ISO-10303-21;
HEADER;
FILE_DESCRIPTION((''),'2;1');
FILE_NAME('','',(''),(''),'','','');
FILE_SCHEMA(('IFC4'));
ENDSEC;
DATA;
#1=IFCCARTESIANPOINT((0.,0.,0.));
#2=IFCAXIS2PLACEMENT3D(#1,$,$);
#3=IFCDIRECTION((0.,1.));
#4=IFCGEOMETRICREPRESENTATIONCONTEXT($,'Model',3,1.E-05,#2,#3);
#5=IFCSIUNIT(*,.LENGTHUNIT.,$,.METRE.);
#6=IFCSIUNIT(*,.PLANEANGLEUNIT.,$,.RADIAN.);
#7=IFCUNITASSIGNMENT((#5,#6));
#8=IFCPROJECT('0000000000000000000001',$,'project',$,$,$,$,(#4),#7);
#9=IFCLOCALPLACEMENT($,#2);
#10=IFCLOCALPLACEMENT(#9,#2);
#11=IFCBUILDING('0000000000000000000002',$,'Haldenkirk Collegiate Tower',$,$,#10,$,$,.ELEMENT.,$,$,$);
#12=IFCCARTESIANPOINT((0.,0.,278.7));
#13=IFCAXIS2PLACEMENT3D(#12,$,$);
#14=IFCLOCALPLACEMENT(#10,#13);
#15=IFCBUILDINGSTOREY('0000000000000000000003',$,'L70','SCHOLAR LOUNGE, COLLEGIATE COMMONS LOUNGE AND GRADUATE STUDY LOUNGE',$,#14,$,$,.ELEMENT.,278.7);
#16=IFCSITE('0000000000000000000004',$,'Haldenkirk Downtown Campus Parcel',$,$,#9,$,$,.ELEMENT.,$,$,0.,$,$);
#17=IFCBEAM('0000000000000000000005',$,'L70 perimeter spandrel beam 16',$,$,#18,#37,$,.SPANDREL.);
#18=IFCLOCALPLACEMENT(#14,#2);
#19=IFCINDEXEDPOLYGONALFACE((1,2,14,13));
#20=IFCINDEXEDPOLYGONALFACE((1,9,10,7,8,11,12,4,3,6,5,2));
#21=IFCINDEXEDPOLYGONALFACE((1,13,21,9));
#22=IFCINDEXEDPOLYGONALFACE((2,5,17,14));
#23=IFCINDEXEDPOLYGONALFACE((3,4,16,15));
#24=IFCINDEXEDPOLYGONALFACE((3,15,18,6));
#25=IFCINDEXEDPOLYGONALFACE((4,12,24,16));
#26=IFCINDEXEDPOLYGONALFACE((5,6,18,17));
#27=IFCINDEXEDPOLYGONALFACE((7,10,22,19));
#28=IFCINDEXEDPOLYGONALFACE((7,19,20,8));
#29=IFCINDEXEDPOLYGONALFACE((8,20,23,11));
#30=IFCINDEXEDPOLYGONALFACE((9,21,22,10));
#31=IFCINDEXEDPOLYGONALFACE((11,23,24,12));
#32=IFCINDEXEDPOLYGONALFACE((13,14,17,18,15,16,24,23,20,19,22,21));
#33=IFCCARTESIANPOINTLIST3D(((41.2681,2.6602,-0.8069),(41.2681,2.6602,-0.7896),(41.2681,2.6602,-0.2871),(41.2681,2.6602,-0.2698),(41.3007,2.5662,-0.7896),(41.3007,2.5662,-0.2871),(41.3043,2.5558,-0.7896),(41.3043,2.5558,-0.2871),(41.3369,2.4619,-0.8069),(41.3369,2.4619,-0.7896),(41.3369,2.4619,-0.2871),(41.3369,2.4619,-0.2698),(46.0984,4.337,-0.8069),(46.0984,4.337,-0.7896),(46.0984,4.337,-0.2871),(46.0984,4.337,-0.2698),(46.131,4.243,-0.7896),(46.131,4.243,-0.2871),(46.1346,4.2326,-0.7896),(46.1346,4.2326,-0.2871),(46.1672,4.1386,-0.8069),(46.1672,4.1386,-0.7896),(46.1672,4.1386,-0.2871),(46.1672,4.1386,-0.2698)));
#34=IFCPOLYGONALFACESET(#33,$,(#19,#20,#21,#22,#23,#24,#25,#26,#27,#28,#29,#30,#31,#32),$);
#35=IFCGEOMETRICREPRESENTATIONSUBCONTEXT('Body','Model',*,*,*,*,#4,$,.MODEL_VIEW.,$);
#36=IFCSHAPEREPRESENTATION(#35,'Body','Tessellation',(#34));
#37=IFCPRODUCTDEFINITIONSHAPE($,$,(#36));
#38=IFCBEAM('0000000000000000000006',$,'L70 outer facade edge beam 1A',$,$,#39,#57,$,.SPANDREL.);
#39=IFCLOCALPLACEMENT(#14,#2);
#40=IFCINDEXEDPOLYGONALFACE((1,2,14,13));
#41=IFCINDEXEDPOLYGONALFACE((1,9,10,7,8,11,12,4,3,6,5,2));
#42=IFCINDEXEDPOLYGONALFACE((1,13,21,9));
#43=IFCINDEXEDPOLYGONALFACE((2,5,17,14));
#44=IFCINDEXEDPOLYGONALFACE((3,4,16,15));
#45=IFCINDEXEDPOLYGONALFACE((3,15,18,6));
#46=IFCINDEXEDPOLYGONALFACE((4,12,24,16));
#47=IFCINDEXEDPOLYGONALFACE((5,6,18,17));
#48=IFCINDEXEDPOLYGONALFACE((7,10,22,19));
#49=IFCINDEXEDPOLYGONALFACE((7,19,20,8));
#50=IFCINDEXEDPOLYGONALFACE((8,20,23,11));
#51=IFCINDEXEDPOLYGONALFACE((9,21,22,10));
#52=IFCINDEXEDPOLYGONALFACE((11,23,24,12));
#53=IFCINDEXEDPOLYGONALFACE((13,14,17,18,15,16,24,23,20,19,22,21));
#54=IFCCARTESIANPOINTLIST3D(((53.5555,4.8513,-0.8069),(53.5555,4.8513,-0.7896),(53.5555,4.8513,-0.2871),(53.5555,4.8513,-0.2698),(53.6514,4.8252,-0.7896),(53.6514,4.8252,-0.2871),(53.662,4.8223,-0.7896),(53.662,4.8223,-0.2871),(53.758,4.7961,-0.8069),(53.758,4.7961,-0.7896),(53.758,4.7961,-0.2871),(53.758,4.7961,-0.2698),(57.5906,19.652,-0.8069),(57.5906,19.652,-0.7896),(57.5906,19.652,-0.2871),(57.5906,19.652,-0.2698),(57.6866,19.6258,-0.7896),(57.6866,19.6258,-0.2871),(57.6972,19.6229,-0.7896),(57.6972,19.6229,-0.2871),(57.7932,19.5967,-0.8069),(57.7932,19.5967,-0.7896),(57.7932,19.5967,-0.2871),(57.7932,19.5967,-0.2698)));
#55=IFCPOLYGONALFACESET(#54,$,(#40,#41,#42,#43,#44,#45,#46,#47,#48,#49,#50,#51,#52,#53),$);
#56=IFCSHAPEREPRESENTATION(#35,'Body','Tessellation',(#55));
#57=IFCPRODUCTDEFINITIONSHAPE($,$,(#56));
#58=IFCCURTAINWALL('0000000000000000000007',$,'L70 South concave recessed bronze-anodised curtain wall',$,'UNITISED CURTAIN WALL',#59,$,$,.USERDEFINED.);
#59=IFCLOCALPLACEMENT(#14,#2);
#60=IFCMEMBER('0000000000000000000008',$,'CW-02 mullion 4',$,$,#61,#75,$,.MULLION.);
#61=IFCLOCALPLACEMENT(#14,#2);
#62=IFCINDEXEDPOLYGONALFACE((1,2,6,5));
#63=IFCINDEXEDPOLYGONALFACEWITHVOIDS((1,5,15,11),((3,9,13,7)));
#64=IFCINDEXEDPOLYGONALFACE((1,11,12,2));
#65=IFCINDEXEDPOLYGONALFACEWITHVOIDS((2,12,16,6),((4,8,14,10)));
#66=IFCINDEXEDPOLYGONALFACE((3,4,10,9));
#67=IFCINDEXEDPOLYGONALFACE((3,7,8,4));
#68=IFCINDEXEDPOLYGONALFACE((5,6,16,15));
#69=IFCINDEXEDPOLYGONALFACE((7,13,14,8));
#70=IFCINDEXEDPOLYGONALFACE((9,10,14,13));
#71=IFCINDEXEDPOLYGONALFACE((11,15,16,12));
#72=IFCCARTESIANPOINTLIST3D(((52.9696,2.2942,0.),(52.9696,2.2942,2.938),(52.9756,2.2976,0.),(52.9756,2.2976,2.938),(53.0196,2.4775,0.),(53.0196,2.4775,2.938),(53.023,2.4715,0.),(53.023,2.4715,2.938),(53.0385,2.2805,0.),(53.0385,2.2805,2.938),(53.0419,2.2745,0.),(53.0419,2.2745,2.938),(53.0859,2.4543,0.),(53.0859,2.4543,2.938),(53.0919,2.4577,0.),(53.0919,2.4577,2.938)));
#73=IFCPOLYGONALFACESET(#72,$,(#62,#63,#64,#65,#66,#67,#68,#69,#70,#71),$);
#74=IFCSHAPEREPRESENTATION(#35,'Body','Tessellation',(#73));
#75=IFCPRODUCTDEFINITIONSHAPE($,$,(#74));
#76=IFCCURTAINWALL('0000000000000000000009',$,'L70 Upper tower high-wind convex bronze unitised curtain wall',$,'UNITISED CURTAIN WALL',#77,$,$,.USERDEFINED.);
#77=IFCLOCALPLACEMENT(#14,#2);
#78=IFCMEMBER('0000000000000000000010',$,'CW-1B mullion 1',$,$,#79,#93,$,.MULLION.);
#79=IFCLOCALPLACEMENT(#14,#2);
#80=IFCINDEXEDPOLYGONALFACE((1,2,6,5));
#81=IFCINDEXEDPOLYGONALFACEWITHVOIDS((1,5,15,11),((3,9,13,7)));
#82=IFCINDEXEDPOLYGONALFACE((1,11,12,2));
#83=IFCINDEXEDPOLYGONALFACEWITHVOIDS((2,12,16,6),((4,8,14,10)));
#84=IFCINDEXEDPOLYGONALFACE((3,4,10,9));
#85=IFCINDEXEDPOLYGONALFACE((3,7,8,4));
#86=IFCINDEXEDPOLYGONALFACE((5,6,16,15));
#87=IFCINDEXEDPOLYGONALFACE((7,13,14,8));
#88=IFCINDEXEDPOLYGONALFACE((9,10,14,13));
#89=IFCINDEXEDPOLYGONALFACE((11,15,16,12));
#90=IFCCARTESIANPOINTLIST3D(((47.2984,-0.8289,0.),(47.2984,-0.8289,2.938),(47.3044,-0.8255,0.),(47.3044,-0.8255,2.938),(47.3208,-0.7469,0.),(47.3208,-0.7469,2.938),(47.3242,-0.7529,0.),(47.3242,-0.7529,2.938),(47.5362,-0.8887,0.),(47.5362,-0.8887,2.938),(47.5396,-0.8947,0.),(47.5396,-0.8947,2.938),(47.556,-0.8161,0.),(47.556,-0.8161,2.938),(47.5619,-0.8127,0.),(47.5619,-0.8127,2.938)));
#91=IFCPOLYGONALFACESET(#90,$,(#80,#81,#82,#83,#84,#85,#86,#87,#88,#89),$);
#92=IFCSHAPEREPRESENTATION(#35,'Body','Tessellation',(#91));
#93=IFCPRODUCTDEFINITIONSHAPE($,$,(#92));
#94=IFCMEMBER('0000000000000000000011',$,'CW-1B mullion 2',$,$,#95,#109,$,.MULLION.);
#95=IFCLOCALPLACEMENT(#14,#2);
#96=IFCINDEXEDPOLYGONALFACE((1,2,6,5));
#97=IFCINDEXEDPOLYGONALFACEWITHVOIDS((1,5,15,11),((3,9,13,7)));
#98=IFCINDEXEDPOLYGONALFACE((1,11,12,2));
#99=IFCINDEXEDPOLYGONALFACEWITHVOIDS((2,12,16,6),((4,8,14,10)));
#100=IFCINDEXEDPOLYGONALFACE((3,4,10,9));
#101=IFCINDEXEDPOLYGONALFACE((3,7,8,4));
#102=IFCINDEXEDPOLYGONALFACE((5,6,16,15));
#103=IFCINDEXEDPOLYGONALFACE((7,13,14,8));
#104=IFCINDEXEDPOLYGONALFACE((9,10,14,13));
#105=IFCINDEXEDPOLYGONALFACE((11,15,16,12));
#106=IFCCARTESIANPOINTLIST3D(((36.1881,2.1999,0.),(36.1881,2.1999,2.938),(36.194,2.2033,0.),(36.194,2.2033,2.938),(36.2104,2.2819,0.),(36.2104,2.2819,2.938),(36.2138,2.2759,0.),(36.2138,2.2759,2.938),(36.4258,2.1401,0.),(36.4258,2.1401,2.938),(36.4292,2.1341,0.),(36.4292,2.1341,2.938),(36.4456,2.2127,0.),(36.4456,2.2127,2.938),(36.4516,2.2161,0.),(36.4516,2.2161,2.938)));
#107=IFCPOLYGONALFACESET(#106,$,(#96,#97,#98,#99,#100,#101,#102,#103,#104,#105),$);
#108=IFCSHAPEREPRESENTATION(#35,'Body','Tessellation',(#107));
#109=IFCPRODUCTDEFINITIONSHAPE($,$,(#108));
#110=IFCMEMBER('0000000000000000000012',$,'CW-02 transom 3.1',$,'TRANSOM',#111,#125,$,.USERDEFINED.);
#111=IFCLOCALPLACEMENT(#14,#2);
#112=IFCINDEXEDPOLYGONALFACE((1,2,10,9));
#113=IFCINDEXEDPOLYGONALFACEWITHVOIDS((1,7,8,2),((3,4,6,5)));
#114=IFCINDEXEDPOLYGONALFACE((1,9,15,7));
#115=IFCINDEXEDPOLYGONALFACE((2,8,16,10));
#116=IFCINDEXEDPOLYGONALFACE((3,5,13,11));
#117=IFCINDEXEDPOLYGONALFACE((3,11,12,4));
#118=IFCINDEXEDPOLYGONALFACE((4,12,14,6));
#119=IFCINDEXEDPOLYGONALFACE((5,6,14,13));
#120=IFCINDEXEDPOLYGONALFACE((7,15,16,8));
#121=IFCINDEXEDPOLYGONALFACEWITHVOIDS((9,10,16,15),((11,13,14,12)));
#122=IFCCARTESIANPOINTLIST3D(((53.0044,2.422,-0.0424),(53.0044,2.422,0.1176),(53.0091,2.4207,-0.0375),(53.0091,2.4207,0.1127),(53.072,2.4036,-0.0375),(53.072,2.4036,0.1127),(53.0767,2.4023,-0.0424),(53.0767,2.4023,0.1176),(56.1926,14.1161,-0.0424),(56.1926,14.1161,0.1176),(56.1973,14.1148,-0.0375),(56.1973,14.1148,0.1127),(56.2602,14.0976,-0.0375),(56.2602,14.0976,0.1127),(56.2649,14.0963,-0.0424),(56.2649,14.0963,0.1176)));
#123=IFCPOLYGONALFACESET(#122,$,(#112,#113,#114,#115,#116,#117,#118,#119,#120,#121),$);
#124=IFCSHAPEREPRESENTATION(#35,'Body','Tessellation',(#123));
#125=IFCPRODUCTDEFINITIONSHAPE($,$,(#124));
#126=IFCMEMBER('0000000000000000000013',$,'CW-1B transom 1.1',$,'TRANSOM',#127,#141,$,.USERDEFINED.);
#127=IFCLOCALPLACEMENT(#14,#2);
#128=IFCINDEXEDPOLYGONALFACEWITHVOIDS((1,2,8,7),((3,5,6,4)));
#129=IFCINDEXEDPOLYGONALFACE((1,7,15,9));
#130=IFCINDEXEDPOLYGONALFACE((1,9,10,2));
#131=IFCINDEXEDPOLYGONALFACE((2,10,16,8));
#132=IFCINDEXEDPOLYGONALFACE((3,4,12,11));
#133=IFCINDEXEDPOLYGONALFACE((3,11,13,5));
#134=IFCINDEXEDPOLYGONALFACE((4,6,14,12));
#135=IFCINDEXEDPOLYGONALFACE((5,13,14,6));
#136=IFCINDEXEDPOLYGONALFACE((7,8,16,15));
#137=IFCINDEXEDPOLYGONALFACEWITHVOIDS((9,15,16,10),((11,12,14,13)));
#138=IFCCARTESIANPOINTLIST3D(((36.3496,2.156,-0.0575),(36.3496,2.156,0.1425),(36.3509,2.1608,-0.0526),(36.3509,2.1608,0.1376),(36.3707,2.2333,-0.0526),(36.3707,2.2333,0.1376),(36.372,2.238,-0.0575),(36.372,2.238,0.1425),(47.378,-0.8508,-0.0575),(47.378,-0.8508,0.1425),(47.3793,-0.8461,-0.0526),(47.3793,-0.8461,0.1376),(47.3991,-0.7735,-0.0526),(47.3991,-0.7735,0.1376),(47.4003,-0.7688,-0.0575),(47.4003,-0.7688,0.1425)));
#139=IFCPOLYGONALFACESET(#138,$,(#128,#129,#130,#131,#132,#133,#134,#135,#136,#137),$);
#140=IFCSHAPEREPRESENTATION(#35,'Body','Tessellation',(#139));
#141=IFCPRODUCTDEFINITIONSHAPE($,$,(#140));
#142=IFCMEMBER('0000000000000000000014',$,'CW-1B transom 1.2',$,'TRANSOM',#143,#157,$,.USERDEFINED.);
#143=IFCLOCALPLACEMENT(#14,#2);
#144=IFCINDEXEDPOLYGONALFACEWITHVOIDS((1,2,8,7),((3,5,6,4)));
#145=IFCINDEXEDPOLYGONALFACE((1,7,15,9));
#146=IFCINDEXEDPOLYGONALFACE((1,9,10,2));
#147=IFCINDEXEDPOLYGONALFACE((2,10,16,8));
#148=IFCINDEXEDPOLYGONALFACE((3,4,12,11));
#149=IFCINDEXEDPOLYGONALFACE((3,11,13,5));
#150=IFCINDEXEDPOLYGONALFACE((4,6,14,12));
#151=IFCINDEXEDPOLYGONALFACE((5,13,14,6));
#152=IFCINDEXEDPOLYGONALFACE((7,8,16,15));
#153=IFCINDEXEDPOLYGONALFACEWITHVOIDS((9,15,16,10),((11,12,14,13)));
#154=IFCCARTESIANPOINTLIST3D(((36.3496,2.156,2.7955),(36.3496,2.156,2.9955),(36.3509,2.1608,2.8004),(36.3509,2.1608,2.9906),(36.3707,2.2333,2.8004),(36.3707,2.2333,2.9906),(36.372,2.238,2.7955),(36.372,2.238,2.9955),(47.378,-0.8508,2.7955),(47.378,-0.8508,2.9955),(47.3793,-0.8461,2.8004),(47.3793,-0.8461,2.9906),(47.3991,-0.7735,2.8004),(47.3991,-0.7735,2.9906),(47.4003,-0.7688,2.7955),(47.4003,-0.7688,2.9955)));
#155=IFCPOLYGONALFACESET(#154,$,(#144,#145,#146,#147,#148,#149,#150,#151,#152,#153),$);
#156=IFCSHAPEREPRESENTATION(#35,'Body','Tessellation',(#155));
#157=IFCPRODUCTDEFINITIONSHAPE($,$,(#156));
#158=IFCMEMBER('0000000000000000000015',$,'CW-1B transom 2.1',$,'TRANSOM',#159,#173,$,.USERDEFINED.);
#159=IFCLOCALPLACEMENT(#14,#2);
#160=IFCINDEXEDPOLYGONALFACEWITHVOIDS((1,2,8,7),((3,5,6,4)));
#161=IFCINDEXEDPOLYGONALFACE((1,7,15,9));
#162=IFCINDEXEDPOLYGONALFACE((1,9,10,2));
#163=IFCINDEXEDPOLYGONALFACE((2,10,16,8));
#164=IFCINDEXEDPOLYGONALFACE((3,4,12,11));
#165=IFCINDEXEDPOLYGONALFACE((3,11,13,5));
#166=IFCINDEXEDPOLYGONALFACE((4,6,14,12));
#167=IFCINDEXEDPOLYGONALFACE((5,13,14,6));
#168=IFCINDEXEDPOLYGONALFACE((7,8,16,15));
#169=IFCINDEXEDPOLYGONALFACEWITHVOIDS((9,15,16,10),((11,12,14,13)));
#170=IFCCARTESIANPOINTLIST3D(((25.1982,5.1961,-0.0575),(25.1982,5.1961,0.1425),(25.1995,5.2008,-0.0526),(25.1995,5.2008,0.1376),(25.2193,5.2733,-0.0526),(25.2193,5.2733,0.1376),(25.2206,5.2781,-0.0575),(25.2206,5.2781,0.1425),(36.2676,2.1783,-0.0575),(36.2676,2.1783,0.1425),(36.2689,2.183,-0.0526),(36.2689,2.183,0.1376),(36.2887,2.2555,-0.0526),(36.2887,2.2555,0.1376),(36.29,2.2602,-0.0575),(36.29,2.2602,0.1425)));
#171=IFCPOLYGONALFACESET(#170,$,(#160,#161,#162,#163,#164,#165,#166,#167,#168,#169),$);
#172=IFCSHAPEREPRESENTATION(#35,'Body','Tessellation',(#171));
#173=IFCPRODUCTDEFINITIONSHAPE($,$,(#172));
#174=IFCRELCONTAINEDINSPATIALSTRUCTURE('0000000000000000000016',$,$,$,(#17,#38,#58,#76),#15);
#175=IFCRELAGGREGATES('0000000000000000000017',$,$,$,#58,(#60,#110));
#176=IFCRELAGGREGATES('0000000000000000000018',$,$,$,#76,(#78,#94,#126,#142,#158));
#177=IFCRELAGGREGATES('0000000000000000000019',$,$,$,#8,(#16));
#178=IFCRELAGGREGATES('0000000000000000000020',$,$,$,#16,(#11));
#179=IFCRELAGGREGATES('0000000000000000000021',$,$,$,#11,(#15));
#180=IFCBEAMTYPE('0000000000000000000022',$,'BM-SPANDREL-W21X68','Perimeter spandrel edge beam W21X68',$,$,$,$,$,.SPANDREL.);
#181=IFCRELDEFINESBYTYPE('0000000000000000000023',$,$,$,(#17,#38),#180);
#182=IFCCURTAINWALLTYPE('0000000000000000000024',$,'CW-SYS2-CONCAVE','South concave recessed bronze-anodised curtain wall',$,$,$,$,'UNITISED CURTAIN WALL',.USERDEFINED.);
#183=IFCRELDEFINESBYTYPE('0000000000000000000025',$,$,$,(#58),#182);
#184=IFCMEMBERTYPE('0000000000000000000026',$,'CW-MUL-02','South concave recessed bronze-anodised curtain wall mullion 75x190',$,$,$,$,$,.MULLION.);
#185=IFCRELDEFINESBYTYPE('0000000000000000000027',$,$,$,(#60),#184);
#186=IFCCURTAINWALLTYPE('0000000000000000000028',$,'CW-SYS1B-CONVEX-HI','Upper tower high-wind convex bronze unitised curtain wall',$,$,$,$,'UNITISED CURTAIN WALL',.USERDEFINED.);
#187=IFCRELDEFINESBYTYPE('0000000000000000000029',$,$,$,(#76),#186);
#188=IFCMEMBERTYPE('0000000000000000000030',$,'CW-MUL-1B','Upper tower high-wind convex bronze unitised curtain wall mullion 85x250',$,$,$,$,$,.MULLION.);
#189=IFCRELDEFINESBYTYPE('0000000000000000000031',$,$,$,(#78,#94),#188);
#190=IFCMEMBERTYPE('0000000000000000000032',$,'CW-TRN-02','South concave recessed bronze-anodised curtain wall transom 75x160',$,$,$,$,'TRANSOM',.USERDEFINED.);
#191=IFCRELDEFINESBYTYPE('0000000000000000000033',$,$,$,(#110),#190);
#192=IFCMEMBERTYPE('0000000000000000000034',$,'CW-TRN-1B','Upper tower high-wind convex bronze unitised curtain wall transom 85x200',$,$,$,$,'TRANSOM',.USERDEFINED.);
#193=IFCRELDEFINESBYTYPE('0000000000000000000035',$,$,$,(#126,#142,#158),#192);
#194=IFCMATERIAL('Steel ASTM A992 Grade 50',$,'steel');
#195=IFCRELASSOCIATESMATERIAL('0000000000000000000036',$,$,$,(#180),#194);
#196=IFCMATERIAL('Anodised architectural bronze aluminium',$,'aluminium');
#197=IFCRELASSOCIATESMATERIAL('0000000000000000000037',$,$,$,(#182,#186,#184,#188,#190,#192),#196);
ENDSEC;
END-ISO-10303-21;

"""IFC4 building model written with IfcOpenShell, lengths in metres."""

from ifc_helpers import new_model, si_unit, direction, frame, origin, origin_2d, place, context, subcontext, project, spatial, hollow_rectangle, i_section, extrude, material, material_profile, profile_set, type_object, element, aggregate, save


model = new_model("IFC4")

# Units and contexts
model_context = context("Model", 3, precision=1e-05, world=origin(), true_north=direction((0.0, 1.0)))
body_context = subcontext(model_context, "Body", "Model", "MODEL_VIEW")
ifc_project = project(units=[si_unit("LENGTHUNIT", "METRE"), si_unit("PLANEANGLEUNIT", "RADIAN")], contexts=[model_context])

# Site, building, storey
site_placement = place(None, origin())
site = spatial("IfcSite", under=ifc_project, at=site_placement, Name="Haldenkirk Downtown Campus Parcel", CompositionType="ELEMENT", RefElevation=0.0)
building_placement = place(site_placement, origin())
building = spatial("IfcBuilding", under=site, at=building_placement, Name="Haldenkirk Collegiate Tower", CompositionType="ELEMENT")
storey_placement = place(building_placement, frame((0.0, 0.0, 278.7)))
storey = spatial("IfcBuildingStorey", under=building, at=storey_placement, Name="L70", Description="SCHOLAR LOUNGE, COLLEGIATE COMMONS LOUNGE AND GRADUATE STUDY LOUNGE", CompositionType="ELEMENT", Elevation=278.7)

# Beams
ifc_material_1 = material(Name="Steel ASTM A992 Grade 50", Category="steel")
ifc_material_profile_1 = material_profile(ifc_material_1, i_section(OverallWidth=0.21, OverallDepth=0.5371, WebThickness=0.011, FlangeThickness=0.0173, at=origin_2d()), Name="W21X68")
ifc_profile_set_1 = profile_set([ifc_material_profile_1], Name="Steel ASTM A992 Grade 50")
beam_type_1 = type_object("IfcBeamType", Name="BM-SPANDREL-W21X68", Description="Perimeter spandrel edge beam W21X68", PredefinedType="SPANDREL", material=ifc_profile_set_1)
beam_1_placement = place(storey_placement, frame((41.3025, 2.561, -0.5383), z_axis=(0.9447, 0.327935, 0.0), x_axis=(-0.327935, 0.9447, 0.0)))
element("IfcBeam", 1, at=beam_1_placement, inside=storey, type_object=beam_type_1, Name="L70 perimeter spandrel beam 16", PredefinedType="SPANDREL", context=body_context, shape_type="SweptSolid", body=[
    extrude(i_section(OverallWidth=0.21, OverallDepth=0.5371, WebThickness=0.011, FlangeThickness=0.0173, at=origin_2d()), origin(), (0.0, 0.0, 1.0), 5.113),
])
beam_2_placement = place(storey_placement, frame((53.6567, 4.8237, -0.5383), z_axis=(0.263035, 0.964786, 0.0), x_axis=(-0.964786, 0.263035, 0.0)))
element("IfcBeam", 2, at=beam_2_placement, inside=storey, type_object=beam_type_1, Name="L70 outer facade edge beam 1A", PredefinedType="SPANDREL", context=body_context, shape_type="SweptSolid", body=[
    extrude(i_section(OverallWidth=0.21, OverallDepth=0.5371, WebThickness=0.011, FlangeThickness=0.0173, at=origin_2d()), origin(), (0.0, 0.0, 1.0), 15.3408),
])

# Curtain wall, member
ifc_material_2 = material(Name="Anodised architectural bronze aluminium", Category="aluminium")
curtain_wall_type_1 = type_object("IfcCurtainWallType", Name="CW-SYS2-CONCAVE", Description="South concave recessed bronze-anodised curtain wall", ElementType="UNITISED CURTAIN WALL", PredefinedType="USERDEFINED", material=ifc_material_2)
curtain_wall_1_placement = place(storey_placement, origin())
curtain_wall_1 = element("IfcCurtainWall", 3, at=curtain_wall_1_placement, inside=storey, type_object=curtain_wall_type_1, Name="L70 South concave recessed bronze-anodised curtain wall", ObjectType="UNITISED CURTAIN WALL", PredefinedType="USERDEFINED")
ifc_material_profile_2 = material_profile(ifc_material_2, hollow_rectangle(XDim=0.075, YDim=0.1899, WallThickness=0.0049, at=origin_2d()), Name="CW-MUL-02")
ifc_profile_set_2 = profile_set([ifc_material_profile_2], Name="Anodised architectural bronze aluminium")
member_type_1 = type_object("IfcMemberType", Name="CW-MUL-02", Description="South concave recessed bronze-anodised curtain wall mullion 75x190", PredefinedType="MULLION", material=ifc_profile_set_2)
member_1_placement = place(storey_placement, frame((53.0308, 2.376, 0.0), z_axis=(0.0, 0.0, 1.0), x_axis=(0.964787, -0.263033, 0.0)))
member_1 = element("IfcMember", 4, at=member_1_placement, type_object=member_type_1, Name="CW-02 mullion 4", PredefinedType="MULLION", context=body_context, shape_type="SweptSolid", body=[
    extrude(hollow_rectangle(XDim=0.075, YDim=0.1899, WallThickness=0.0049, at=origin_2d()), origin(), (0.0, 0.0, 1.0), 2.938),
])

# Curtain wall, members
curtain_wall_type_2 = type_object("IfcCurtainWallType", Name="CW-SYS1B-CONVEX-HI", Description="Upper tower high-wind convex bronze unitised curtain wall", ElementType="UNITISED CURTAIN WALL", PredefinedType="USERDEFINED", material=ifc_material_2)
curtain_wall_2_placement = place(storey_placement, origin())
curtain_wall_2 = element("IfcCurtainWall", 5, at=curtain_wall_2_placement, inside=storey, type_object=curtain_wall_type_2, Name="L70 Upper tower high-wind convex bronze unitised curtain wall", ObjectType="UNITISED CURTAIN WALL", PredefinedType="USERDEFINED")
ifc_material_profile_3 = material_profile(ifc_material_2, hollow_rectangle(XDim=0.085, YDim=0.25, WallThickness=0.0049, at=origin_2d()), Name="CW-MUL-1B")
ifc_profile_set_3 = profile_set([ifc_material_profile_3], Name="Anodised architectural bronze aluminium")
member_type_2 = type_object("IfcMemberType", Name="CW-MUL-1B", Description="Upper tower high-wind convex bronze unitised curtain wall mullion 85x250", PredefinedType="MULLION", material=ifc_profile_set_3)
member_2_placement = place(storey_placement, frame((47.4302, -0.8208, 0.0), z_axis=(0.0, 0.0, 1.0), x_axis=(-0.263031, -0.964787, 0.0)))
member_2 = element("IfcMember", 6, at=member_2_placement, type_object=member_type_2, Name="CW-1B mullion 1", PredefinedType="MULLION", context=body_context, shape_type="SweptSolid", body=[
    extrude(hollow_rectangle(XDim=0.085, YDim=0.25, WallThickness=0.0049, at=origin_2d()), origin(), (0.0, 0.0, 1.0), 2.938),
])
member_3_placement = place(storey_placement, frame((36.3198, 2.208, 0.0), z_axis=(0.0, 0.0, 1.0), x_axis=(-0.263031, -0.964787, 0.0)))
member_3 = element("IfcMember", 7, at=member_3_placement, type_object=member_type_2, Name="CW-1B mullion 2", PredefinedType="MULLION", context=body_context, shape_type="SweptSolid", body=[
    extrude(hollow_rectangle(XDim=0.085, YDim=0.25, WallThickness=0.0049, at=origin_2d()), origin(), (0.0, 0.0, 1.0), 2.938),
])

# Members
ifc_material_profile_4 = material_profile(ifc_material_2, hollow_rectangle(XDim=0.075, YDim=0.1599, WallThickness=0.0049, at=origin_2d()), Name="CW-TRN-02")
ifc_profile_set_4 = profile_set([ifc_material_profile_4], Name="Anodised architectural bronze aluminium")
member_type_3 = type_object("IfcMemberType", Name="CW-TRN-02", Description="South concave recessed bronze-anodised curtain wall transom 75x160", ElementType="TRANSOM", PredefinedType="USERDEFINED", material=ifc_profile_set_4)
member_4_placement = place(storey_placement, frame((56.2288, 14.1062, 0.0376), z_axis=(-0.263036, -0.964786, 0.0), x_axis=(0.964786, -0.263036, 0.0)))
member_4 = element("IfcMember", 8, at=member_4_placement, type_object=member_type_3, Name="CW-02 transom 3.1", ObjectType="TRANSOM", PredefinedType="USERDEFINED", context=body_context, shape_type="SweptSolid", body=[
    extrude(hollow_rectangle(XDim=0.075, YDim=0.1599, WallThickness=0.0049, at=origin_2d()), origin(), (0.0, 0.0, 1.0), 12.1208),
])
ifc_material_profile_5 = material_profile(ifc_material_2, hollow_rectangle(XDim=0.085, YDim=0.2, WallThickness=0.0049, at=origin_2d()), Name="CW-TRN-1B")
ifc_profile_set_5 = profile_set([ifc_material_profile_5], Name="Anodised architectural bronze aluminium")
member_type_4 = type_object("IfcMemberType", Name="CW-TRN-1B", Description="Upper tower high-wind convex bronze unitised curtain wall transom 85x200", ElementType="TRANSOM", PredefinedType="USERDEFINED", material=ifc_profile_set_5)
member_5_placement = place(storey_placement, frame((47.3892, -0.8098, 0.0425), z_axis=(-0.964784, 0.263045, 0.0), x_axis=(-0.263045, -0.964784, 0.0)))
member_5 = element("IfcMember", 9, at=member_5_placement, type_object=member_type_4, Name="CW-1B transom 1.1", ObjectType="TRANSOM", PredefinedType="USERDEFINED", context=body_context, shape_type="SweptSolid", body=[
    extrude(hollow_rectangle(XDim=0.085, YDim=0.2, WallThickness=0.0049, at=origin_2d()), origin(), (0.0, 0.0, 1.0), 11.4309),
])
member_6_placement = place(storey_placement, frame((47.3892, -0.8098, 2.8955), z_axis=(-0.964784, 0.263045, 0.0), x_axis=(-0.263045, -0.964784, 0.0)))
member_6 = element("IfcMember", 10, at=member_6_placement, type_object=member_type_4, Name="CW-1B transom 1.2", ObjectType="TRANSOM", PredefinedType="USERDEFINED", context=body_context, shape_type="SweptSolid", body=[
    extrude(hollow_rectangle(XDim=0.085, YDim=0.2, WallThickness=0.0049, at=origin_2d()), origin(), (0.0, 0.0, 1.0), 11.4309),
])
member_7_placement = place(storey_placement, frame((36.2788, 2.2192, 0.0425), z_axis=(-0.964788, 0.263029, 0.0), x_axis=(-0.263029, -0.964788, 0.0)))
member_7 = element("IfcMember", 11, at=member_7_placement, type_object=member_type_4, Name="CW-1B transom 2.1", ObjectType="TRANSOM", PredefinedType="USERDEFINED", context=body_context, shape_type="SweptSolid", body=[
    extrude(hollow_rectangle(XDim=0.085, YDim=0.2, WallThickness=0.0049, at=origin_2d()), origin(), (0.0, 0.0, 1.0), 11.4734),
])

aggregate(curtain_wall_1, [member_1, member_4])
aggregate(curtain_wall_2, [member_2, member_3, member_5, member_6, member_7])

save(model, "model.ifc")
